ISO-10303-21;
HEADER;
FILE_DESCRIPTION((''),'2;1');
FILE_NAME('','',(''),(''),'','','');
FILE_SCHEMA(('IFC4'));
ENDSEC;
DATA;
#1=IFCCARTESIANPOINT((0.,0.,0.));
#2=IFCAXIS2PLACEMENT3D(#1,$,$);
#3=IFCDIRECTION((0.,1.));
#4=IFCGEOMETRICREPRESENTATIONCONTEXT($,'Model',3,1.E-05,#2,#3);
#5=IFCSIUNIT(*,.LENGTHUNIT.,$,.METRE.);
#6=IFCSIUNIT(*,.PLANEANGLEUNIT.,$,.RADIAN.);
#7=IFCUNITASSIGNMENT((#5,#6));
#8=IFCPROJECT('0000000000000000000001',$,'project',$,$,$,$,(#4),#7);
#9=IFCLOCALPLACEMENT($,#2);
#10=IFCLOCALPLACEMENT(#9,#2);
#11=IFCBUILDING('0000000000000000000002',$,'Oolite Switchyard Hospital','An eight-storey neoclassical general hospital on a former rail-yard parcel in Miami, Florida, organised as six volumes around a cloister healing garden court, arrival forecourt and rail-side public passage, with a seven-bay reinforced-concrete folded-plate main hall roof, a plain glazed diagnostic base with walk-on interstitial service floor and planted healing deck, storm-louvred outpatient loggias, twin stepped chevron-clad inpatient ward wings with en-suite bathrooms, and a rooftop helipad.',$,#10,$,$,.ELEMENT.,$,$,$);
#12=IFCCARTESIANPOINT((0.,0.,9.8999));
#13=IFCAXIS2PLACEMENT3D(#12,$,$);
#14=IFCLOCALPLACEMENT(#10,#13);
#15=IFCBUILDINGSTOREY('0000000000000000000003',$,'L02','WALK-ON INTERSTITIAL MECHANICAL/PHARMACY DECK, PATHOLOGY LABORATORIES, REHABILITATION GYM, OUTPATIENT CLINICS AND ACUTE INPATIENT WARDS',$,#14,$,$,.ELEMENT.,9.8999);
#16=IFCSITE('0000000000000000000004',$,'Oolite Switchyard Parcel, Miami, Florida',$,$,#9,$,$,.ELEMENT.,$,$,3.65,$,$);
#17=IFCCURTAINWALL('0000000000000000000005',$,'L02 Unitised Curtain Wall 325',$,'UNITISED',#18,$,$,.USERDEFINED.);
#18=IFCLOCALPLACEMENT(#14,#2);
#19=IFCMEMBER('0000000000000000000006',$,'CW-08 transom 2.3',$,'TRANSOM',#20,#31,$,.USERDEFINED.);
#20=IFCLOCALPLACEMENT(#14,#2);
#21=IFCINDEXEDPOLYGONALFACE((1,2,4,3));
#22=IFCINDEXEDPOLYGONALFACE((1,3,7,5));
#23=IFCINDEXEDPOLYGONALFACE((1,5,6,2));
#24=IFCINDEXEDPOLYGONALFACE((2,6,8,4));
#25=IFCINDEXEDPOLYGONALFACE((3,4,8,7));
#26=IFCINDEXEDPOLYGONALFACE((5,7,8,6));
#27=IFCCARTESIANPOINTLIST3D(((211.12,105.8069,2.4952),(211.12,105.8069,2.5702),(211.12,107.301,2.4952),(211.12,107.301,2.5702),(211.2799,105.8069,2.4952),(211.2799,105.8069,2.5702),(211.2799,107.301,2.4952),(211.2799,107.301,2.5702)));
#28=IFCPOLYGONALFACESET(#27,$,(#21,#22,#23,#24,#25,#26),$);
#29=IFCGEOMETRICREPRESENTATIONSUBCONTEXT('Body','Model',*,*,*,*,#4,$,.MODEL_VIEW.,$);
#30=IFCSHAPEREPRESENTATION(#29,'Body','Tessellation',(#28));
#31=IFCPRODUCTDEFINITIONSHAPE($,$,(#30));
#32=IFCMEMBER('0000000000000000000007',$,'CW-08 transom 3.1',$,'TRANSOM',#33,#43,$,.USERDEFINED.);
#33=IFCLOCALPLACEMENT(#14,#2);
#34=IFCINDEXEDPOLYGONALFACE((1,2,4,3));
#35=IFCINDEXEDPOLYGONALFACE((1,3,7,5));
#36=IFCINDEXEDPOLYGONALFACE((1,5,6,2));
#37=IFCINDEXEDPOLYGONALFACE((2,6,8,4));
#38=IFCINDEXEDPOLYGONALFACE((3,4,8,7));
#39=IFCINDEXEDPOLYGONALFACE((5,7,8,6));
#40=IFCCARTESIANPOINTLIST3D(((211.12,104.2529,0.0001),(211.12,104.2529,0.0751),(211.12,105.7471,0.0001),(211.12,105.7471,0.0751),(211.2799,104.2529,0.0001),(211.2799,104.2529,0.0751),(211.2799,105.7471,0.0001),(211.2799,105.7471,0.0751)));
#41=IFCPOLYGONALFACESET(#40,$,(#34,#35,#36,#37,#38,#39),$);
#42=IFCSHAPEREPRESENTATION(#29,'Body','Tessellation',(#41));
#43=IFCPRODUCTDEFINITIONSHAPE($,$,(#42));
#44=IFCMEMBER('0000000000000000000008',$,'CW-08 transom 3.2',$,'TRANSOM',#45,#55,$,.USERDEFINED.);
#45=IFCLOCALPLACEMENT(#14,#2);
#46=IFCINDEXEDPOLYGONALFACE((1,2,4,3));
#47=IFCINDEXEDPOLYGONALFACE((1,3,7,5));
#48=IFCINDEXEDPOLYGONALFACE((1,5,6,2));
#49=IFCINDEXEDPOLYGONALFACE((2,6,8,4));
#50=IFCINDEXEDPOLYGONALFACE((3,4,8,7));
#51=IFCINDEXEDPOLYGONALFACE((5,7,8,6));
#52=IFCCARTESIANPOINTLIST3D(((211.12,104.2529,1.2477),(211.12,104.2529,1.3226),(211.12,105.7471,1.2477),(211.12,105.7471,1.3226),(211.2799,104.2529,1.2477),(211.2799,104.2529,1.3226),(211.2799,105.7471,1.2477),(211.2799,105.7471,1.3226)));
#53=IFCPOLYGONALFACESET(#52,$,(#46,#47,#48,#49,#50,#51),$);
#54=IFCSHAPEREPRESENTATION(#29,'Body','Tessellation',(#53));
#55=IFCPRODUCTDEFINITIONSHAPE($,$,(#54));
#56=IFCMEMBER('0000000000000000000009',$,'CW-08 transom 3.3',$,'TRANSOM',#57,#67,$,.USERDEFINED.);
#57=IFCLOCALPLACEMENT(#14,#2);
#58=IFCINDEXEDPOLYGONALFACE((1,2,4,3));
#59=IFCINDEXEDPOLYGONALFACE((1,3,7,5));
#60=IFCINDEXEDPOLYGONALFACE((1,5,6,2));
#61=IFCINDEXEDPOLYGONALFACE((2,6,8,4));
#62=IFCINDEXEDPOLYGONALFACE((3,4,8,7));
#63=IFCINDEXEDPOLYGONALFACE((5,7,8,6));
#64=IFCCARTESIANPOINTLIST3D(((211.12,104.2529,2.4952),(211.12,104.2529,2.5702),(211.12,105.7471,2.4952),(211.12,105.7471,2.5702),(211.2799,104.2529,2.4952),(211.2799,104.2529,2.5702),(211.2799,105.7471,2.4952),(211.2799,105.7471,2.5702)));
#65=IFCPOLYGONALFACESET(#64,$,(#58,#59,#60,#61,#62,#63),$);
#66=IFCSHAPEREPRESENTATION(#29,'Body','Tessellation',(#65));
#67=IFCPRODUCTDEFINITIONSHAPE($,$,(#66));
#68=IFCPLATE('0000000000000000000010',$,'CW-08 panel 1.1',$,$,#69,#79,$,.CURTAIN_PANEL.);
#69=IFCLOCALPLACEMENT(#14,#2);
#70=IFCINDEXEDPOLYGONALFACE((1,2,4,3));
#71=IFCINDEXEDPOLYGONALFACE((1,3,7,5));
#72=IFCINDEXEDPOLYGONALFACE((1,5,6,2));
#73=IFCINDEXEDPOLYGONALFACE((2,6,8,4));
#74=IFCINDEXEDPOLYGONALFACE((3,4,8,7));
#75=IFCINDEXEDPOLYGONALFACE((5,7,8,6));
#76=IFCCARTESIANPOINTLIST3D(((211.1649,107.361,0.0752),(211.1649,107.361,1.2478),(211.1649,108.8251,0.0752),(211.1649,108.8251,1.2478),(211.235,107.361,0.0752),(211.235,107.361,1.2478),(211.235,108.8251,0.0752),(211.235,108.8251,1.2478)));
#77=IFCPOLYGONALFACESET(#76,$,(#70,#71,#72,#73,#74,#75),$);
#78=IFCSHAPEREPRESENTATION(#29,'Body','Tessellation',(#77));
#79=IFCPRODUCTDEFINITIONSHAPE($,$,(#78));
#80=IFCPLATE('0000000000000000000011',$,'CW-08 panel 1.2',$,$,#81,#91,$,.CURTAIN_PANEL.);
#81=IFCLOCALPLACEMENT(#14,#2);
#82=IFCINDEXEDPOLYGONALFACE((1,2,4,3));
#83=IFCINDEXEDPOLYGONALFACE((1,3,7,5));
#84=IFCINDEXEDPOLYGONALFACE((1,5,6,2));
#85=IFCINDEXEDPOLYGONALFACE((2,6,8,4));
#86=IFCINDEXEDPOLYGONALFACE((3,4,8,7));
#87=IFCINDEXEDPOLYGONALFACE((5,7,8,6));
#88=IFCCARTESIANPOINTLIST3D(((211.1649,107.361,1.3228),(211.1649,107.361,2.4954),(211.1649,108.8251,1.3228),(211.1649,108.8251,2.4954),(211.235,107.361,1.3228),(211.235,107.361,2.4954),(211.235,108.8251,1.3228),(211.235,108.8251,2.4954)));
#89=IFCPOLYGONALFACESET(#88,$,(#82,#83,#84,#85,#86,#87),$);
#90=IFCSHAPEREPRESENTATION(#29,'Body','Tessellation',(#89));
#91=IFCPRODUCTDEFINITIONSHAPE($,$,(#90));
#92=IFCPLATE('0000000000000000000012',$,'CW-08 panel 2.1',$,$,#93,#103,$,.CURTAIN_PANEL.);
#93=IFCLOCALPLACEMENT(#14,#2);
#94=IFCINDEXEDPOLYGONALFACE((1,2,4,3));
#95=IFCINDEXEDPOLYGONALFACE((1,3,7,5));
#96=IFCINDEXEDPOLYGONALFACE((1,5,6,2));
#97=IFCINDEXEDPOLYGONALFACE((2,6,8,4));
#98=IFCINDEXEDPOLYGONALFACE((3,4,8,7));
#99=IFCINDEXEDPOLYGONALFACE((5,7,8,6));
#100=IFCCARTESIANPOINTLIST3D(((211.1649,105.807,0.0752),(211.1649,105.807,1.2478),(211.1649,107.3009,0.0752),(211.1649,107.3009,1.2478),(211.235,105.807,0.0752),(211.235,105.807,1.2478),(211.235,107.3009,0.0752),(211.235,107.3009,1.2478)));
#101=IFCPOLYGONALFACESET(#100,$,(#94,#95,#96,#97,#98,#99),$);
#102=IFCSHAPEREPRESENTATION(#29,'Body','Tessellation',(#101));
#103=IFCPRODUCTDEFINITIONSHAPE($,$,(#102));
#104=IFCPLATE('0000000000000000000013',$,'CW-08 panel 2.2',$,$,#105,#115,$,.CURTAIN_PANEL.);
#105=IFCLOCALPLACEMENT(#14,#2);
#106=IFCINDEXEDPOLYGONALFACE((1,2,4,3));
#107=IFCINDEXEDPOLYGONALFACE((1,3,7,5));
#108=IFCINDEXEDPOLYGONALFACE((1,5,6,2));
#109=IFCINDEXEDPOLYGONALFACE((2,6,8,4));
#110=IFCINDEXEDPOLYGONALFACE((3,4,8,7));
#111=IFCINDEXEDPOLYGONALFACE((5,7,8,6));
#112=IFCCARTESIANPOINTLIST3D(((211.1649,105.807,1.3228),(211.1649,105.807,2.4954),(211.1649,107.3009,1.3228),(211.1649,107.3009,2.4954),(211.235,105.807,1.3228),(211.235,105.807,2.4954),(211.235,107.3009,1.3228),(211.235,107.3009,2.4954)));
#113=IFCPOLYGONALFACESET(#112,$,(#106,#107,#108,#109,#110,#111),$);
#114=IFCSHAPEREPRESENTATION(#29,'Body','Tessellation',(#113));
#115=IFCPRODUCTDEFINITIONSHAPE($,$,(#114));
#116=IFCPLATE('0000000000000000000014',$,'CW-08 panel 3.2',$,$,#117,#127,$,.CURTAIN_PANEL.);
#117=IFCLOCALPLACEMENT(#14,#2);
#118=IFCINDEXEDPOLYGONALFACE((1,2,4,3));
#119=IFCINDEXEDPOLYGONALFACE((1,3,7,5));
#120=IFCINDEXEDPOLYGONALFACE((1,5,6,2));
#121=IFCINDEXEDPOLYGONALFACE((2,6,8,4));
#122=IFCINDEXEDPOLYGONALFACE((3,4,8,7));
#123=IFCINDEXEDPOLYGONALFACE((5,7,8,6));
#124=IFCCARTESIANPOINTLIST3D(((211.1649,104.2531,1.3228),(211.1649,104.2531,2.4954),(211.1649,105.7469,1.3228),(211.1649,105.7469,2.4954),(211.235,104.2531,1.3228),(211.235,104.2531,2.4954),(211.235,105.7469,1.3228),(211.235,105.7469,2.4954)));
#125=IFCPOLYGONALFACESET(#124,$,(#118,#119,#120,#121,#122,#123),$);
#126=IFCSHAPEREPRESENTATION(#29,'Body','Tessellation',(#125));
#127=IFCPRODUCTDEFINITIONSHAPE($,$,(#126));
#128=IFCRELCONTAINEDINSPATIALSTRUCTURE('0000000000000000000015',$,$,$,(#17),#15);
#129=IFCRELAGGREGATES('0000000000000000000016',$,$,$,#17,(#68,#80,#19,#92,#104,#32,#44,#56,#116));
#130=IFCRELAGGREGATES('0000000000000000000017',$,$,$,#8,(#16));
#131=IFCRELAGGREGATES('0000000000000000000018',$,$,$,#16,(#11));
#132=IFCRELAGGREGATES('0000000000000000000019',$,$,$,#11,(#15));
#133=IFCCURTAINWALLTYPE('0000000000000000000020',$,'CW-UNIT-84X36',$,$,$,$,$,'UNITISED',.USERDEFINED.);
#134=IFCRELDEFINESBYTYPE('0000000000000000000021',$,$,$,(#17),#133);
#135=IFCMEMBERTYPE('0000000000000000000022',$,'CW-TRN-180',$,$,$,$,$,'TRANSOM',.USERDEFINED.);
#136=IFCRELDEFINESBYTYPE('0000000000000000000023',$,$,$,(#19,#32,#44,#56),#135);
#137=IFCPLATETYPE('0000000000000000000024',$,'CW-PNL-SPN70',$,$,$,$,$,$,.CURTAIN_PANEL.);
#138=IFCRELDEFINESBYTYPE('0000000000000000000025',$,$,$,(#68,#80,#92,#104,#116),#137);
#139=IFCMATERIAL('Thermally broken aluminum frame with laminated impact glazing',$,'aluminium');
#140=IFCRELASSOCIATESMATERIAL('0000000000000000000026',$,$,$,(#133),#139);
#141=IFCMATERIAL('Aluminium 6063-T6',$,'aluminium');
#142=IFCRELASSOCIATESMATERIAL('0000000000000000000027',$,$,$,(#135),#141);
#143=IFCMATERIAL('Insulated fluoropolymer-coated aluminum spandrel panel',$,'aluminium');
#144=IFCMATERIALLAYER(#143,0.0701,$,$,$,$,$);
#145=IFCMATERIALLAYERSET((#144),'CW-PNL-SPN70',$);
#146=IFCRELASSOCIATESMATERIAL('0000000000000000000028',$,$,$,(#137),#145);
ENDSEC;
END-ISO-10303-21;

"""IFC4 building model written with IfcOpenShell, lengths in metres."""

from ifc_helpers import new_model, si_unit, direction, frame, origin, origin_2d, place, context, subcontext, project, spatial, rectangle, extrude, material, layer, layer_set, material_profile, profile_set, type_object, element, aggregate, save


model = new_model("IFC4")

# Units and contexts
model_context = context("Model", 3, precision=1e-05, world=origin(), true_north=direction((0.0, 1.0)))
body_context = subcontext(model_context, "Body", "Model", "MODEL_VIEW")
ifc_project = project(units=[si_unit("LENGTHUNIT", "METRE"), si_unit("PLANEANGLEUNIT", "RADIAN")], contexts=[model_context])

# Site, building, storey
site_placement = place(None, origin())
site = spatial("IfcSite", under=ifc_project, at=site_placement, Name="Oolite Switchyard Parcel, Miami, Florida", CompositionType="ELEMENT", RefElevation=3.65)
building_placement = place(site_placement, origin())
building = spatial("IfcBuilding", under=site, at=building_placement, Name="Oolite Switchyard Hospital", Description="An eight-storey neoclassical general hospital on a former rail-yard parcel in Miami, Florida, organised as six volumes around a cloister healing garden court, arrival forecourt and rail-side public passage, with a seven-bay reinforced-concrete folded-plate main hall roof, a plain glazed diagnostic base with walk-on interstitial service floor and planted healing deck, storm-louvred outpatient loggias, twin stepped chevron-clad inpatient ward wings with en-suite bathrooms, and a rooftop helipad.", CompositionType="ELEMENT")
storey_placement = place(building_placement, frame((0.0, 0.0, 9.8999)))
storey = spatial("IfcBuildingStorey", under=building, at=storey_placement, Name="L02", Description="WALK-ON INTERSTITIAL MECHANICAL/PHARMACY DECK, PATHOLOGY LABORATORIES, REHABILITATION GYM, OUTPATIENT CLINICS AND ACUTE INPATIENT WARDS", CompositionType="ELEMENT", Elevation=9.8999)

# Curtain wall, members, plates
ifc_material_1 = material(Name="Thermally broken aluminum frame with laminated impact glazing", Category="aluminium")
curtain_wall_type = type_object("IfcCurtainWallType", Name="CW-UNIT-84X36", ElementType="UNITISED", PredefinedType="USERDEFINED", material=ifc_material_1)
curtain_wall_placement = place(storey_placement, origin())
curtain_wall = element("IfcCurtainWall", 1, at=curtain_wall_placement, inside=storey, type_object=curtain_wall_type, Name="L02 Unitised Curtain Wall 325", ObjectType="UNITISED", PredefinedType="USERDEFINED")
ifc_material_2 = material(Name="Aluminium 6063-T6", Category="aluminium")
ifc_material_profile_1 = material_profile(ifc_material_2, rectangle(XDim=0.1599, YDim=0.075, at=origin_2d()), Name="CWT75X160")
ifc_profile_set_1 = profile_set([ifc_material_profile_1], Name="Aluminium 6063-T6")
member_type_1 = type_object("IfcMemberType", Name="CW-TRN-180", ElementType="TRANSOM", PredefinedType="USERDEFINED", material=ifc_profile_set_1)
member_1_placement = place(storey_placement, frame((211.2, 107.301, 2.5327), z_axis=(0.0, -1.0, 0.0), x_axis=(1.0, 0.0, 0.0)))
member_1 = element("IfcMember", 2, at=member_1_placement, type_object=member_type_1, Name="CW-08 transom 2.3", ObjectType="TRANSOM", PredefinedType="USERDEFINED", context=body_context, shape_type="SweptSolid", body=[
    extrude(rectangle(XDim=0.1599, YDim=0.075, at=origin_2d()), origin(), (0.0, 0.0, 1.0), 1.4941),
])
member_2_placement = place(storey_placement, frame((211.2, 105.7471, 0.0376), z_axis=(0.0, -1.0, 0.0), x_axis=(1.0, 0.0, 0.0)))
member_2 = element("IfcMember", 3, at=member_2_placement, type_object=member_type_1, Name="CW-08 transom 3.1", ObjectType="TRANSOM", PredefinedType="USERDEFINED", context=body_context, shape_type="SweptSolid", body=[
    extrude(rectangle(XDim=0.1599, YDim=0.075, at=origin_2d()), origin(), (0.0, 0.0, 1.0), 1.4941),
])
member_3_placement = place(storey_placement, frame((211.2, 105.7471, 1.2852), z_axis=(0.0, -1.0, 0.0), x_axis=(1.0, 0.0, 0.0)))
member_3 = element("IfcMember", 4, at=member_3_placement, type_object=member_type_1, Name="CW-08 transom 3.2", ObjectType="TRANSOM", PredefinedType="USERDEFINED", context=body_context, shape_type="SweptSolid", body=[
    extrude(rectangle(XDim=0.1599, YDim=0.075, at=origin_2d()), origin(), (0.0, 0.0, 1.0), 1.4941),
])
member_4_placement = place(storey_placement, frame((211.2, 105.7471, 2.5327), z_axis=(0.0, -1.0, 0.0), x_axis=(1.0, 0.0, 0.0)))
member_4 = element("IfcMember", 5, at=member_4_placement, type_object=member_type_1, Name="CW-08 transom 3.3", ObjectType="TRANSOM", PredefinedType="USERDEFINED", context=body_context, shape_type="SweptSolid", body=[
    extrude(rectangle(XDim=0.1599, YDim=0.075, at=origin_2d()), origin(), (0.0, 0.0, 1.0), 1.4941),
])
ifc_material_3 = material(Name="Insulated fluoropolymer-coated aluminum spandrel panel", Category="aluminium")
ifc_layer = layer(ifc_material_3, 0.0701)
ifc_layer_set = layer_set([ifc_layer], Name="CW-PNL-SPN70")
plate_type = type_object("IfcPlateType", Name="CW-PNL-SPN70", PredefinedType="CURTAIN_PANEL", material=ifc_layer_set)
plate_1_placement = place(storey_placement, frame((211.2, 108.093, 0.0752), z_axis=(0.0, 0.0, 1.0), x_axis=(0.0, -1.0, 0.0)))
plate_1 = element("IfcPlate", 6, at=plate_1_placement, type_object=plate_type, Name="CW-08 panel 1.1", PredefinedType="CURTAIN_PANEL", context=body_context, shape_type="SweptSolid", body=[
    extrude(rectangle(XDim=1.4641, YDim=0.0701, at=origin_2d()), origin(), (0.0, 0.0, 1.0), 1.1726),
])
plate_2_placement = place(storey_placement, frame((211.2, 108.093, 1.3228), z_axis=(0.0, 0.0, 1.0), x_axis=(0.0, -1.0, 0.0)))
plate_2 = element("IfcPlate", 7, at=plate_2_placement, type_object=plate_type, Name="CW-08 panel 1.2", PredefinedType="CURTAIN_PANEL", context=body_context, shape_type="SweptSolid", body=[
    extrude(rectangle(XDim=1.4641, YDim=0.0701, at=origin_2d()), origin(), (0.0, 0.0, 1.0), 1.1726),
])
plate_3_placement = place(storey_placement, frame((211.2, 106.554, 0.0752), z_axis=(0.0, 0.0, 1.0), x_axis=(0.0, -1.0, 0.0)))
plate_3 = element("IfcPlate", 8, at=plate_3_placement, type_object=plate_type, Name="CW-08 panel 2.1", PredefinedType="CURTAIN_PANEL", context=body_context, shape_type="SweptSolid", body=[
    extrude(rectangle(XDim=1.4939, YDim=0.0701, at=origin_2d()), origin(), (0.0, 0.0, 1.0), 1.1726),
])
plate_4_placement = place(storey_placement, frame((211.2, 106.554, 1.3228), z_axis=(0.0, 0.0, 1.0), x_axis=(0.0, -1.0, 0.0)))
plate_4 = element("IfcPlate", 9, at=plate_4_placement, type_object=plate_type, Name="CW-08 panel 2.2", PredefinedType="CURTAIN_PANEL", context=body_context, shape_type="SweptSolid", body=[
    extrude(rectangle(XDim=1.4939, YDim=0.0701, at=origin_2d()), origin(), (0.0, 0.0, 1.0), 1.1726),
])
plate_5_placement = place(storey_placement, frame((211.2, 105.0, 1.3228), z_axis=(0.0, 0.0, 1.0), x_axis=(0.0, -1.0, 0.0)))
plate_5 = element("IfcPlate", 10, at=plate_5_placement, type_object=plate_type, Name="CW-08 panel 3.2", PredefinedType="CURTAIN_PANEL", context=body_context, shape_type="SweptSolid", body=[
    extrude(rectangle(XDim=1.4939, YDim=0.0701, at=origin_2d()), origin(), (0.0, 0.0, 1.0), 1.1726),
])
aggregate(curtain_wall, [plate_1, plate_2, member_1, plate_3, plate_4, member_2, member_3, member_4, plate_5])

save(model, "model.ifc")
